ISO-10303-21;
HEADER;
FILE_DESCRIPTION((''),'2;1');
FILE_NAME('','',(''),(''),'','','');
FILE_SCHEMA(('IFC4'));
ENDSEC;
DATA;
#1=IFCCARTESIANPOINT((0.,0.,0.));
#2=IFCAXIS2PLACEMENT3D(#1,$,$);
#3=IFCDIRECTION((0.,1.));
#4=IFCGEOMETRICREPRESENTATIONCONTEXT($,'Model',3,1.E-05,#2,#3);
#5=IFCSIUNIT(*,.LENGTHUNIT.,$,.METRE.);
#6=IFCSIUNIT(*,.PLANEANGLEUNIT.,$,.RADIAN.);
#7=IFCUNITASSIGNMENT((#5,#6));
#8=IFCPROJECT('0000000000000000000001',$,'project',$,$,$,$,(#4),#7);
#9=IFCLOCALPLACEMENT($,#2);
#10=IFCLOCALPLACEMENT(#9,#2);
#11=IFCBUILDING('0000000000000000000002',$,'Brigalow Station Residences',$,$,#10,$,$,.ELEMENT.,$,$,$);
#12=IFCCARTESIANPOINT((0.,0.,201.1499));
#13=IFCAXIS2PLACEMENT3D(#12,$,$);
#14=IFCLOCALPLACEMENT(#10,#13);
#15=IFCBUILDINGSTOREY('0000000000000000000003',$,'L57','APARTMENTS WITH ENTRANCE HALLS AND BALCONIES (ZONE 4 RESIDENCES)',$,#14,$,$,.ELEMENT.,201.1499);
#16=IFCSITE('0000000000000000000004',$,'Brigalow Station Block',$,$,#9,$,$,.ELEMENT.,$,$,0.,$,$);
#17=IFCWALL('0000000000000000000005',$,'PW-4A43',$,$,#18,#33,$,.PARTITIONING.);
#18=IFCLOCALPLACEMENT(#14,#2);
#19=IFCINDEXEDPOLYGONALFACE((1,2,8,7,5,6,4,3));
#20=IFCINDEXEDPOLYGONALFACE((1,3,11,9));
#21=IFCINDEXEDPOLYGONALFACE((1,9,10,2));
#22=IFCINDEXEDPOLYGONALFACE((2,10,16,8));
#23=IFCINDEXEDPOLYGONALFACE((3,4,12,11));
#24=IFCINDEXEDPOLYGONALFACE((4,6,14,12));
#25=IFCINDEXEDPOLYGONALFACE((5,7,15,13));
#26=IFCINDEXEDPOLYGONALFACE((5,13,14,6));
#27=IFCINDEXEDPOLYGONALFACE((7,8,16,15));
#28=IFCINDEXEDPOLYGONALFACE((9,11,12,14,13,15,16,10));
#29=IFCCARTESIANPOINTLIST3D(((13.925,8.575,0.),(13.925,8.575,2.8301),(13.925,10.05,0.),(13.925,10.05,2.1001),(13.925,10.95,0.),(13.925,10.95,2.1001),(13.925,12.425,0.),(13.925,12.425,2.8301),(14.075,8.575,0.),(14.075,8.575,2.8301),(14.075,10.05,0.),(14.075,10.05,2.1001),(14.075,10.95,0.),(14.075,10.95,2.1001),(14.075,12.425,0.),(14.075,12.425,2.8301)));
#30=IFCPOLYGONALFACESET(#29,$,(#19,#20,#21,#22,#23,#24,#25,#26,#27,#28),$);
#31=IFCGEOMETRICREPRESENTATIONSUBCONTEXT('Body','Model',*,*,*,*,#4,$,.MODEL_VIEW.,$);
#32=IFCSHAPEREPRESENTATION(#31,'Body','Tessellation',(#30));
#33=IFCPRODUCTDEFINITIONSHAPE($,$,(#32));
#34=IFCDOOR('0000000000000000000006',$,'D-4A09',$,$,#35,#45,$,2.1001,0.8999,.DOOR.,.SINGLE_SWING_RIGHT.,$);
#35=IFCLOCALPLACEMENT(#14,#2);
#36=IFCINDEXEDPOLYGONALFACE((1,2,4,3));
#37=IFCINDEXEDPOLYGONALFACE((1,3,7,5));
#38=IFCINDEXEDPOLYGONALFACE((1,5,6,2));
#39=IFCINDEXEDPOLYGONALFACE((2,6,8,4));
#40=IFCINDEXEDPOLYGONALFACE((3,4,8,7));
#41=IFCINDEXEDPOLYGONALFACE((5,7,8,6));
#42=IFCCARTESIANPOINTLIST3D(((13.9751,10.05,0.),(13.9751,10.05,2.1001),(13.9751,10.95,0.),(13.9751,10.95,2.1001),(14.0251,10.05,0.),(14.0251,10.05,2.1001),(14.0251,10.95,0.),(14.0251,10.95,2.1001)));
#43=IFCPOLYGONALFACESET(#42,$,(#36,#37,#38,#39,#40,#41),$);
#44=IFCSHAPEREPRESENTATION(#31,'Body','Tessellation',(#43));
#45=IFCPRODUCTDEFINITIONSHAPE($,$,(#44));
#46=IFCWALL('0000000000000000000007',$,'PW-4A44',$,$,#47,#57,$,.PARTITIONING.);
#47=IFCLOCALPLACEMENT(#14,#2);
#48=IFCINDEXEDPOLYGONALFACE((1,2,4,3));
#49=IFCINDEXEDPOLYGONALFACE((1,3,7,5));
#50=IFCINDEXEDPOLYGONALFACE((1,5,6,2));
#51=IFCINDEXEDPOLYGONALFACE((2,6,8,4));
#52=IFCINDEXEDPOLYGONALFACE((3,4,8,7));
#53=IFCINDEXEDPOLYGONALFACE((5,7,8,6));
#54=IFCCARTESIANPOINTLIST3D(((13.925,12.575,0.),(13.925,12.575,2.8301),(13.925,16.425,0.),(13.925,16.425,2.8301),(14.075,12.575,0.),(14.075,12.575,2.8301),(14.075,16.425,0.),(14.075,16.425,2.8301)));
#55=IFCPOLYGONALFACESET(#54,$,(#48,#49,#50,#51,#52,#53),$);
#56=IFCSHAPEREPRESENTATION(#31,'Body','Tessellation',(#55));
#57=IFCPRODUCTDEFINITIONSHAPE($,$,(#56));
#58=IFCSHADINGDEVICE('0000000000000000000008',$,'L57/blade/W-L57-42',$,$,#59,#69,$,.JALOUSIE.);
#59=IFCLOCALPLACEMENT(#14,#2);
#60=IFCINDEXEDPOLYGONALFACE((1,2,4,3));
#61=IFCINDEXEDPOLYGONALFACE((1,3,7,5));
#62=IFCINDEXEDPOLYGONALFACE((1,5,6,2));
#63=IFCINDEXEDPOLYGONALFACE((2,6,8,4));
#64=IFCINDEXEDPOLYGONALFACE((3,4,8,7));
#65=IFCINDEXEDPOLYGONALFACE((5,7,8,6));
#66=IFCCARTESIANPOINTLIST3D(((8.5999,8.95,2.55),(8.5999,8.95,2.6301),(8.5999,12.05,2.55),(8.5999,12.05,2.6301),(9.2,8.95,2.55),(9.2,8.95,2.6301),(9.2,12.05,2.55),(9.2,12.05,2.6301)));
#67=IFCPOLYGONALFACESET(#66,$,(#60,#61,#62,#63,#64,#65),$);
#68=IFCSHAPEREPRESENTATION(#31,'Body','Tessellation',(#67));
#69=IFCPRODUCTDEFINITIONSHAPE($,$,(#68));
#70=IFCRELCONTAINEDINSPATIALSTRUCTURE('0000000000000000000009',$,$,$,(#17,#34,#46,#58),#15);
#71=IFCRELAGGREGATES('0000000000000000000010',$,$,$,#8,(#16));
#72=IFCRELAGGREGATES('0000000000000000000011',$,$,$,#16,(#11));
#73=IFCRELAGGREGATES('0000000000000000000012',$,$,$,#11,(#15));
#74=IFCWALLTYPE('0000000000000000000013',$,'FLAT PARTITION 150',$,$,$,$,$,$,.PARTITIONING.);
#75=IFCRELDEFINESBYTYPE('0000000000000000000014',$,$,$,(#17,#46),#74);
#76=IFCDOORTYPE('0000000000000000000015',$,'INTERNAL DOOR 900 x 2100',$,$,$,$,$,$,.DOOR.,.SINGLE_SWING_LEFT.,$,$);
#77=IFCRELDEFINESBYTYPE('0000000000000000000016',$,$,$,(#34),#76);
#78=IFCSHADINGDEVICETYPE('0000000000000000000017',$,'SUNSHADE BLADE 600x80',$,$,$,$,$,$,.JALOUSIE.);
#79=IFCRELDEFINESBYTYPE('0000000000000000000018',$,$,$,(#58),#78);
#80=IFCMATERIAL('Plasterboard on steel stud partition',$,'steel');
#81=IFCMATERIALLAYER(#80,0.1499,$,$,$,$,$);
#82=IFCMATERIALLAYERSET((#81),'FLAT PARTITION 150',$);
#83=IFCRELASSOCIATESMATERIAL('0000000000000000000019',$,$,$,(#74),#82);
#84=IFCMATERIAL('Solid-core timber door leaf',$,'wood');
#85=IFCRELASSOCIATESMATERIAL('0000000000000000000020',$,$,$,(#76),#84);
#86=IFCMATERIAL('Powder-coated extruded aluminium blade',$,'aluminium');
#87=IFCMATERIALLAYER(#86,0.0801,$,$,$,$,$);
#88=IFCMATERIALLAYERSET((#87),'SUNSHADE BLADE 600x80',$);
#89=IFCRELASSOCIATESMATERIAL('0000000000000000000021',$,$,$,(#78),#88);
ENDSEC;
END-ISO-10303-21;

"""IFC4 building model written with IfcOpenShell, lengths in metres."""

from ifc_helpers import new_model, si_unit, direction, frame, frame_2d, origin, origin_2d, place, context, subcontext, project, spatial, rectangle, extrude, material, layer, layer_set, type_object, element, fill, save


model = new_model("IFC4")

# Units and contexts
model_context = context("Model", 3, precision=1e-05, world=origin(), true_north=direction((0.0, 1.0)))
body_context = subcontext(model_context, "Body", "Model", "MODEL_VIEW")
ifc_project = project(units=[si_unit("LENGTHUNIT", "METRE"), si_unit("PLANEANGLEUNIT", "RADIAN")], contexts=[model_context])

# Site, building, storey
site_placement = place(None, origin())
site = spatial("IfcSite", under=ifc_project, at=site_placement, Name="Brigalow Station Block", CompositionType="ELEMENT", RefElevation=0.0)
building_placement = place(site_placement, origin())
building = spatial("IfcBuilding", under=site, at=building_placement, Name="Brigalow Station Residences", CompositionType="ELEMENT")
storey_placement = place(building_placement, frame((0.0, 0.0, 201.1499)))
storey = spatial("IfcBuildingStorey", under=building, at=storey_placement, Name="L57", Description="APARTMENTS WITH ENTRANCE HALLS AND BALCONIES (ZONE 4 RESIDENCES)", CompositionType="ELEMENT", Elevation=201.1499)

# Shared definitions
ifc_material_1 = material(Name="Plasterboard on steel stud partition", Category="steel")
ifc_layer_1 = layer(ifc_material_1, 0.1499)
ifc_layer_set_1 = layer_set([ifc_layer_1], Name="FLAT PARTITION 150")
wall_type_1 = type_object("IfcWallType", Name="FLAT PARTITION 150", PredefinedType="PARTITIONING", material=ifc_layer_set_1)
ifc_material_2 = material(Name="Solid-core timber door leaf", Category="wood")
door_type = type_object("IfcDoorType", Name="INTERNAL DOOR 900 x 2100", OperationType="SINGLE_SWING_LEFT", PredefinedType="DOOR", material=ifc_material_2)

# Wall, opening, door
wall_1_placement = place(storey_placement, frame((14.0, 8.575, 0.0), z_axis=(0.0, 0.0, 1.0), x_axis=(0.0, 1.0, 0.0)))
wall_1 = element("IfcWall", 1, at=wall_1_placement, inside=storey, type_object=wall_type_1, Name="PW-4A43", PredefinedType="PARTITIONING", context=body_context, shape_type="SweptSolid", body=[
    extrude(rectangle(XDim=3.8501, YDim=0.1499, at=frame_2d((1.925, 0.0))), origin(), (0.0, 0.0, 1.0), 2.8301),
])
opening_1_placement = place(wall_1_placement, frame((1.4751, 0.0, 0.0)))
opening_1 = element("IfcOpeningElement", 2, at=opening_1_placement, cuts=wall_1, PredefinedType="OPENING", context=body_context, shape_type="SweptSolid", body=[
    extrude(rectangle(XDim=0.8999, YDim=2.1001, at=frame_2d((0.45, 1.05))), frame((0.0, 0.085, 0.0), z_axis=(0.0, -1.0, 0.0), x_axis=(1.0, 0.0, 0.0)), (0.0, 0.0, 1.0), 0.1699),
])
door_1_placement = place(opening_1_placement, origin())
door_1 = element("IfcDoor", 3, at=door_1_placement, inside=storey, type_object=door_type, Name="D-4A09", OperationType="SINGLE_SWING_RIGHT", OverallHeight=2.1001, OverallWidth=0.8999, PredefinedType="DOOR", context=body_context, shape_type="SweptSolid", body=[
    extrude(rectangle(XDim=0.8999, YDim=2.1001, at=frame_2d((0.45, 1.05))), frame((0.0, 0.0249, 0.0), z_axis=(0.0, -1.0, 0.0), x_axis=(1.0, 0.0, 0.0)), (0.0, 0.0, 1.0), 0.05),
])
fill(opening_1, door_1)

# Wall
wall_2_placement = place(storey_placement, frame((14.0, 12.575, 0.0), z_axis=(0.0, 0.0, 1.0), x_axis=(0.0, 1.0, 0.0)))
element("IfcWall", 4, at=wall_2_placement, inside=storey, type_object=wall_type_1, Name="PW-4A44", PredefinedType="PARTITIONING", context=body_context, shape_type="SweptSolid", body=[
    extrude(rectangle(XDim=3.8501, YDim=0.1499, at=frame_2d((1.925, 0.0))), origin(), (0.0, 0.0, 1.0), 2.8301),
])

# Shading device
ifc_material_3 = material(Name="Powder-coated extruded aluminium blade", Category="aluminium")
ifc_layer_2 = layer(ifc_material_3, 0.0801)
ifc_layer_set_2 = layer_set([ifc_layer_2], Name="SUNSHADE BLADE 600x80")
shading_device_type = type_object("IfcShadingDeviceType", Name="SUNSHADE BLADE 600x80", PredefinedType="JALOUSIE", material=ifc_layer_set_2)
shading_device_placement = place(storey_placement, frame((8.8999, 10.5, 2.55), z_axis=(0.0, 0.0, 1.0), x_axis=(0.0, -1.0, 0.0)))
element("IfcShadingDevice", 5, at=shading_device_placement, inside=storey, type_object=shading_device_type, Name="L57/blade/W-L57-42", PredefinedType="JALOUSIE", context=body_context, shape_type="SweptSolid", body=[
    extrude(rectangle(XDim=3.1001, YDim=0.6001, at=origin_2d()), origin(), (0.0, 0.0, 1.0), 0.0801),
])

save(model, "model.ifc")
